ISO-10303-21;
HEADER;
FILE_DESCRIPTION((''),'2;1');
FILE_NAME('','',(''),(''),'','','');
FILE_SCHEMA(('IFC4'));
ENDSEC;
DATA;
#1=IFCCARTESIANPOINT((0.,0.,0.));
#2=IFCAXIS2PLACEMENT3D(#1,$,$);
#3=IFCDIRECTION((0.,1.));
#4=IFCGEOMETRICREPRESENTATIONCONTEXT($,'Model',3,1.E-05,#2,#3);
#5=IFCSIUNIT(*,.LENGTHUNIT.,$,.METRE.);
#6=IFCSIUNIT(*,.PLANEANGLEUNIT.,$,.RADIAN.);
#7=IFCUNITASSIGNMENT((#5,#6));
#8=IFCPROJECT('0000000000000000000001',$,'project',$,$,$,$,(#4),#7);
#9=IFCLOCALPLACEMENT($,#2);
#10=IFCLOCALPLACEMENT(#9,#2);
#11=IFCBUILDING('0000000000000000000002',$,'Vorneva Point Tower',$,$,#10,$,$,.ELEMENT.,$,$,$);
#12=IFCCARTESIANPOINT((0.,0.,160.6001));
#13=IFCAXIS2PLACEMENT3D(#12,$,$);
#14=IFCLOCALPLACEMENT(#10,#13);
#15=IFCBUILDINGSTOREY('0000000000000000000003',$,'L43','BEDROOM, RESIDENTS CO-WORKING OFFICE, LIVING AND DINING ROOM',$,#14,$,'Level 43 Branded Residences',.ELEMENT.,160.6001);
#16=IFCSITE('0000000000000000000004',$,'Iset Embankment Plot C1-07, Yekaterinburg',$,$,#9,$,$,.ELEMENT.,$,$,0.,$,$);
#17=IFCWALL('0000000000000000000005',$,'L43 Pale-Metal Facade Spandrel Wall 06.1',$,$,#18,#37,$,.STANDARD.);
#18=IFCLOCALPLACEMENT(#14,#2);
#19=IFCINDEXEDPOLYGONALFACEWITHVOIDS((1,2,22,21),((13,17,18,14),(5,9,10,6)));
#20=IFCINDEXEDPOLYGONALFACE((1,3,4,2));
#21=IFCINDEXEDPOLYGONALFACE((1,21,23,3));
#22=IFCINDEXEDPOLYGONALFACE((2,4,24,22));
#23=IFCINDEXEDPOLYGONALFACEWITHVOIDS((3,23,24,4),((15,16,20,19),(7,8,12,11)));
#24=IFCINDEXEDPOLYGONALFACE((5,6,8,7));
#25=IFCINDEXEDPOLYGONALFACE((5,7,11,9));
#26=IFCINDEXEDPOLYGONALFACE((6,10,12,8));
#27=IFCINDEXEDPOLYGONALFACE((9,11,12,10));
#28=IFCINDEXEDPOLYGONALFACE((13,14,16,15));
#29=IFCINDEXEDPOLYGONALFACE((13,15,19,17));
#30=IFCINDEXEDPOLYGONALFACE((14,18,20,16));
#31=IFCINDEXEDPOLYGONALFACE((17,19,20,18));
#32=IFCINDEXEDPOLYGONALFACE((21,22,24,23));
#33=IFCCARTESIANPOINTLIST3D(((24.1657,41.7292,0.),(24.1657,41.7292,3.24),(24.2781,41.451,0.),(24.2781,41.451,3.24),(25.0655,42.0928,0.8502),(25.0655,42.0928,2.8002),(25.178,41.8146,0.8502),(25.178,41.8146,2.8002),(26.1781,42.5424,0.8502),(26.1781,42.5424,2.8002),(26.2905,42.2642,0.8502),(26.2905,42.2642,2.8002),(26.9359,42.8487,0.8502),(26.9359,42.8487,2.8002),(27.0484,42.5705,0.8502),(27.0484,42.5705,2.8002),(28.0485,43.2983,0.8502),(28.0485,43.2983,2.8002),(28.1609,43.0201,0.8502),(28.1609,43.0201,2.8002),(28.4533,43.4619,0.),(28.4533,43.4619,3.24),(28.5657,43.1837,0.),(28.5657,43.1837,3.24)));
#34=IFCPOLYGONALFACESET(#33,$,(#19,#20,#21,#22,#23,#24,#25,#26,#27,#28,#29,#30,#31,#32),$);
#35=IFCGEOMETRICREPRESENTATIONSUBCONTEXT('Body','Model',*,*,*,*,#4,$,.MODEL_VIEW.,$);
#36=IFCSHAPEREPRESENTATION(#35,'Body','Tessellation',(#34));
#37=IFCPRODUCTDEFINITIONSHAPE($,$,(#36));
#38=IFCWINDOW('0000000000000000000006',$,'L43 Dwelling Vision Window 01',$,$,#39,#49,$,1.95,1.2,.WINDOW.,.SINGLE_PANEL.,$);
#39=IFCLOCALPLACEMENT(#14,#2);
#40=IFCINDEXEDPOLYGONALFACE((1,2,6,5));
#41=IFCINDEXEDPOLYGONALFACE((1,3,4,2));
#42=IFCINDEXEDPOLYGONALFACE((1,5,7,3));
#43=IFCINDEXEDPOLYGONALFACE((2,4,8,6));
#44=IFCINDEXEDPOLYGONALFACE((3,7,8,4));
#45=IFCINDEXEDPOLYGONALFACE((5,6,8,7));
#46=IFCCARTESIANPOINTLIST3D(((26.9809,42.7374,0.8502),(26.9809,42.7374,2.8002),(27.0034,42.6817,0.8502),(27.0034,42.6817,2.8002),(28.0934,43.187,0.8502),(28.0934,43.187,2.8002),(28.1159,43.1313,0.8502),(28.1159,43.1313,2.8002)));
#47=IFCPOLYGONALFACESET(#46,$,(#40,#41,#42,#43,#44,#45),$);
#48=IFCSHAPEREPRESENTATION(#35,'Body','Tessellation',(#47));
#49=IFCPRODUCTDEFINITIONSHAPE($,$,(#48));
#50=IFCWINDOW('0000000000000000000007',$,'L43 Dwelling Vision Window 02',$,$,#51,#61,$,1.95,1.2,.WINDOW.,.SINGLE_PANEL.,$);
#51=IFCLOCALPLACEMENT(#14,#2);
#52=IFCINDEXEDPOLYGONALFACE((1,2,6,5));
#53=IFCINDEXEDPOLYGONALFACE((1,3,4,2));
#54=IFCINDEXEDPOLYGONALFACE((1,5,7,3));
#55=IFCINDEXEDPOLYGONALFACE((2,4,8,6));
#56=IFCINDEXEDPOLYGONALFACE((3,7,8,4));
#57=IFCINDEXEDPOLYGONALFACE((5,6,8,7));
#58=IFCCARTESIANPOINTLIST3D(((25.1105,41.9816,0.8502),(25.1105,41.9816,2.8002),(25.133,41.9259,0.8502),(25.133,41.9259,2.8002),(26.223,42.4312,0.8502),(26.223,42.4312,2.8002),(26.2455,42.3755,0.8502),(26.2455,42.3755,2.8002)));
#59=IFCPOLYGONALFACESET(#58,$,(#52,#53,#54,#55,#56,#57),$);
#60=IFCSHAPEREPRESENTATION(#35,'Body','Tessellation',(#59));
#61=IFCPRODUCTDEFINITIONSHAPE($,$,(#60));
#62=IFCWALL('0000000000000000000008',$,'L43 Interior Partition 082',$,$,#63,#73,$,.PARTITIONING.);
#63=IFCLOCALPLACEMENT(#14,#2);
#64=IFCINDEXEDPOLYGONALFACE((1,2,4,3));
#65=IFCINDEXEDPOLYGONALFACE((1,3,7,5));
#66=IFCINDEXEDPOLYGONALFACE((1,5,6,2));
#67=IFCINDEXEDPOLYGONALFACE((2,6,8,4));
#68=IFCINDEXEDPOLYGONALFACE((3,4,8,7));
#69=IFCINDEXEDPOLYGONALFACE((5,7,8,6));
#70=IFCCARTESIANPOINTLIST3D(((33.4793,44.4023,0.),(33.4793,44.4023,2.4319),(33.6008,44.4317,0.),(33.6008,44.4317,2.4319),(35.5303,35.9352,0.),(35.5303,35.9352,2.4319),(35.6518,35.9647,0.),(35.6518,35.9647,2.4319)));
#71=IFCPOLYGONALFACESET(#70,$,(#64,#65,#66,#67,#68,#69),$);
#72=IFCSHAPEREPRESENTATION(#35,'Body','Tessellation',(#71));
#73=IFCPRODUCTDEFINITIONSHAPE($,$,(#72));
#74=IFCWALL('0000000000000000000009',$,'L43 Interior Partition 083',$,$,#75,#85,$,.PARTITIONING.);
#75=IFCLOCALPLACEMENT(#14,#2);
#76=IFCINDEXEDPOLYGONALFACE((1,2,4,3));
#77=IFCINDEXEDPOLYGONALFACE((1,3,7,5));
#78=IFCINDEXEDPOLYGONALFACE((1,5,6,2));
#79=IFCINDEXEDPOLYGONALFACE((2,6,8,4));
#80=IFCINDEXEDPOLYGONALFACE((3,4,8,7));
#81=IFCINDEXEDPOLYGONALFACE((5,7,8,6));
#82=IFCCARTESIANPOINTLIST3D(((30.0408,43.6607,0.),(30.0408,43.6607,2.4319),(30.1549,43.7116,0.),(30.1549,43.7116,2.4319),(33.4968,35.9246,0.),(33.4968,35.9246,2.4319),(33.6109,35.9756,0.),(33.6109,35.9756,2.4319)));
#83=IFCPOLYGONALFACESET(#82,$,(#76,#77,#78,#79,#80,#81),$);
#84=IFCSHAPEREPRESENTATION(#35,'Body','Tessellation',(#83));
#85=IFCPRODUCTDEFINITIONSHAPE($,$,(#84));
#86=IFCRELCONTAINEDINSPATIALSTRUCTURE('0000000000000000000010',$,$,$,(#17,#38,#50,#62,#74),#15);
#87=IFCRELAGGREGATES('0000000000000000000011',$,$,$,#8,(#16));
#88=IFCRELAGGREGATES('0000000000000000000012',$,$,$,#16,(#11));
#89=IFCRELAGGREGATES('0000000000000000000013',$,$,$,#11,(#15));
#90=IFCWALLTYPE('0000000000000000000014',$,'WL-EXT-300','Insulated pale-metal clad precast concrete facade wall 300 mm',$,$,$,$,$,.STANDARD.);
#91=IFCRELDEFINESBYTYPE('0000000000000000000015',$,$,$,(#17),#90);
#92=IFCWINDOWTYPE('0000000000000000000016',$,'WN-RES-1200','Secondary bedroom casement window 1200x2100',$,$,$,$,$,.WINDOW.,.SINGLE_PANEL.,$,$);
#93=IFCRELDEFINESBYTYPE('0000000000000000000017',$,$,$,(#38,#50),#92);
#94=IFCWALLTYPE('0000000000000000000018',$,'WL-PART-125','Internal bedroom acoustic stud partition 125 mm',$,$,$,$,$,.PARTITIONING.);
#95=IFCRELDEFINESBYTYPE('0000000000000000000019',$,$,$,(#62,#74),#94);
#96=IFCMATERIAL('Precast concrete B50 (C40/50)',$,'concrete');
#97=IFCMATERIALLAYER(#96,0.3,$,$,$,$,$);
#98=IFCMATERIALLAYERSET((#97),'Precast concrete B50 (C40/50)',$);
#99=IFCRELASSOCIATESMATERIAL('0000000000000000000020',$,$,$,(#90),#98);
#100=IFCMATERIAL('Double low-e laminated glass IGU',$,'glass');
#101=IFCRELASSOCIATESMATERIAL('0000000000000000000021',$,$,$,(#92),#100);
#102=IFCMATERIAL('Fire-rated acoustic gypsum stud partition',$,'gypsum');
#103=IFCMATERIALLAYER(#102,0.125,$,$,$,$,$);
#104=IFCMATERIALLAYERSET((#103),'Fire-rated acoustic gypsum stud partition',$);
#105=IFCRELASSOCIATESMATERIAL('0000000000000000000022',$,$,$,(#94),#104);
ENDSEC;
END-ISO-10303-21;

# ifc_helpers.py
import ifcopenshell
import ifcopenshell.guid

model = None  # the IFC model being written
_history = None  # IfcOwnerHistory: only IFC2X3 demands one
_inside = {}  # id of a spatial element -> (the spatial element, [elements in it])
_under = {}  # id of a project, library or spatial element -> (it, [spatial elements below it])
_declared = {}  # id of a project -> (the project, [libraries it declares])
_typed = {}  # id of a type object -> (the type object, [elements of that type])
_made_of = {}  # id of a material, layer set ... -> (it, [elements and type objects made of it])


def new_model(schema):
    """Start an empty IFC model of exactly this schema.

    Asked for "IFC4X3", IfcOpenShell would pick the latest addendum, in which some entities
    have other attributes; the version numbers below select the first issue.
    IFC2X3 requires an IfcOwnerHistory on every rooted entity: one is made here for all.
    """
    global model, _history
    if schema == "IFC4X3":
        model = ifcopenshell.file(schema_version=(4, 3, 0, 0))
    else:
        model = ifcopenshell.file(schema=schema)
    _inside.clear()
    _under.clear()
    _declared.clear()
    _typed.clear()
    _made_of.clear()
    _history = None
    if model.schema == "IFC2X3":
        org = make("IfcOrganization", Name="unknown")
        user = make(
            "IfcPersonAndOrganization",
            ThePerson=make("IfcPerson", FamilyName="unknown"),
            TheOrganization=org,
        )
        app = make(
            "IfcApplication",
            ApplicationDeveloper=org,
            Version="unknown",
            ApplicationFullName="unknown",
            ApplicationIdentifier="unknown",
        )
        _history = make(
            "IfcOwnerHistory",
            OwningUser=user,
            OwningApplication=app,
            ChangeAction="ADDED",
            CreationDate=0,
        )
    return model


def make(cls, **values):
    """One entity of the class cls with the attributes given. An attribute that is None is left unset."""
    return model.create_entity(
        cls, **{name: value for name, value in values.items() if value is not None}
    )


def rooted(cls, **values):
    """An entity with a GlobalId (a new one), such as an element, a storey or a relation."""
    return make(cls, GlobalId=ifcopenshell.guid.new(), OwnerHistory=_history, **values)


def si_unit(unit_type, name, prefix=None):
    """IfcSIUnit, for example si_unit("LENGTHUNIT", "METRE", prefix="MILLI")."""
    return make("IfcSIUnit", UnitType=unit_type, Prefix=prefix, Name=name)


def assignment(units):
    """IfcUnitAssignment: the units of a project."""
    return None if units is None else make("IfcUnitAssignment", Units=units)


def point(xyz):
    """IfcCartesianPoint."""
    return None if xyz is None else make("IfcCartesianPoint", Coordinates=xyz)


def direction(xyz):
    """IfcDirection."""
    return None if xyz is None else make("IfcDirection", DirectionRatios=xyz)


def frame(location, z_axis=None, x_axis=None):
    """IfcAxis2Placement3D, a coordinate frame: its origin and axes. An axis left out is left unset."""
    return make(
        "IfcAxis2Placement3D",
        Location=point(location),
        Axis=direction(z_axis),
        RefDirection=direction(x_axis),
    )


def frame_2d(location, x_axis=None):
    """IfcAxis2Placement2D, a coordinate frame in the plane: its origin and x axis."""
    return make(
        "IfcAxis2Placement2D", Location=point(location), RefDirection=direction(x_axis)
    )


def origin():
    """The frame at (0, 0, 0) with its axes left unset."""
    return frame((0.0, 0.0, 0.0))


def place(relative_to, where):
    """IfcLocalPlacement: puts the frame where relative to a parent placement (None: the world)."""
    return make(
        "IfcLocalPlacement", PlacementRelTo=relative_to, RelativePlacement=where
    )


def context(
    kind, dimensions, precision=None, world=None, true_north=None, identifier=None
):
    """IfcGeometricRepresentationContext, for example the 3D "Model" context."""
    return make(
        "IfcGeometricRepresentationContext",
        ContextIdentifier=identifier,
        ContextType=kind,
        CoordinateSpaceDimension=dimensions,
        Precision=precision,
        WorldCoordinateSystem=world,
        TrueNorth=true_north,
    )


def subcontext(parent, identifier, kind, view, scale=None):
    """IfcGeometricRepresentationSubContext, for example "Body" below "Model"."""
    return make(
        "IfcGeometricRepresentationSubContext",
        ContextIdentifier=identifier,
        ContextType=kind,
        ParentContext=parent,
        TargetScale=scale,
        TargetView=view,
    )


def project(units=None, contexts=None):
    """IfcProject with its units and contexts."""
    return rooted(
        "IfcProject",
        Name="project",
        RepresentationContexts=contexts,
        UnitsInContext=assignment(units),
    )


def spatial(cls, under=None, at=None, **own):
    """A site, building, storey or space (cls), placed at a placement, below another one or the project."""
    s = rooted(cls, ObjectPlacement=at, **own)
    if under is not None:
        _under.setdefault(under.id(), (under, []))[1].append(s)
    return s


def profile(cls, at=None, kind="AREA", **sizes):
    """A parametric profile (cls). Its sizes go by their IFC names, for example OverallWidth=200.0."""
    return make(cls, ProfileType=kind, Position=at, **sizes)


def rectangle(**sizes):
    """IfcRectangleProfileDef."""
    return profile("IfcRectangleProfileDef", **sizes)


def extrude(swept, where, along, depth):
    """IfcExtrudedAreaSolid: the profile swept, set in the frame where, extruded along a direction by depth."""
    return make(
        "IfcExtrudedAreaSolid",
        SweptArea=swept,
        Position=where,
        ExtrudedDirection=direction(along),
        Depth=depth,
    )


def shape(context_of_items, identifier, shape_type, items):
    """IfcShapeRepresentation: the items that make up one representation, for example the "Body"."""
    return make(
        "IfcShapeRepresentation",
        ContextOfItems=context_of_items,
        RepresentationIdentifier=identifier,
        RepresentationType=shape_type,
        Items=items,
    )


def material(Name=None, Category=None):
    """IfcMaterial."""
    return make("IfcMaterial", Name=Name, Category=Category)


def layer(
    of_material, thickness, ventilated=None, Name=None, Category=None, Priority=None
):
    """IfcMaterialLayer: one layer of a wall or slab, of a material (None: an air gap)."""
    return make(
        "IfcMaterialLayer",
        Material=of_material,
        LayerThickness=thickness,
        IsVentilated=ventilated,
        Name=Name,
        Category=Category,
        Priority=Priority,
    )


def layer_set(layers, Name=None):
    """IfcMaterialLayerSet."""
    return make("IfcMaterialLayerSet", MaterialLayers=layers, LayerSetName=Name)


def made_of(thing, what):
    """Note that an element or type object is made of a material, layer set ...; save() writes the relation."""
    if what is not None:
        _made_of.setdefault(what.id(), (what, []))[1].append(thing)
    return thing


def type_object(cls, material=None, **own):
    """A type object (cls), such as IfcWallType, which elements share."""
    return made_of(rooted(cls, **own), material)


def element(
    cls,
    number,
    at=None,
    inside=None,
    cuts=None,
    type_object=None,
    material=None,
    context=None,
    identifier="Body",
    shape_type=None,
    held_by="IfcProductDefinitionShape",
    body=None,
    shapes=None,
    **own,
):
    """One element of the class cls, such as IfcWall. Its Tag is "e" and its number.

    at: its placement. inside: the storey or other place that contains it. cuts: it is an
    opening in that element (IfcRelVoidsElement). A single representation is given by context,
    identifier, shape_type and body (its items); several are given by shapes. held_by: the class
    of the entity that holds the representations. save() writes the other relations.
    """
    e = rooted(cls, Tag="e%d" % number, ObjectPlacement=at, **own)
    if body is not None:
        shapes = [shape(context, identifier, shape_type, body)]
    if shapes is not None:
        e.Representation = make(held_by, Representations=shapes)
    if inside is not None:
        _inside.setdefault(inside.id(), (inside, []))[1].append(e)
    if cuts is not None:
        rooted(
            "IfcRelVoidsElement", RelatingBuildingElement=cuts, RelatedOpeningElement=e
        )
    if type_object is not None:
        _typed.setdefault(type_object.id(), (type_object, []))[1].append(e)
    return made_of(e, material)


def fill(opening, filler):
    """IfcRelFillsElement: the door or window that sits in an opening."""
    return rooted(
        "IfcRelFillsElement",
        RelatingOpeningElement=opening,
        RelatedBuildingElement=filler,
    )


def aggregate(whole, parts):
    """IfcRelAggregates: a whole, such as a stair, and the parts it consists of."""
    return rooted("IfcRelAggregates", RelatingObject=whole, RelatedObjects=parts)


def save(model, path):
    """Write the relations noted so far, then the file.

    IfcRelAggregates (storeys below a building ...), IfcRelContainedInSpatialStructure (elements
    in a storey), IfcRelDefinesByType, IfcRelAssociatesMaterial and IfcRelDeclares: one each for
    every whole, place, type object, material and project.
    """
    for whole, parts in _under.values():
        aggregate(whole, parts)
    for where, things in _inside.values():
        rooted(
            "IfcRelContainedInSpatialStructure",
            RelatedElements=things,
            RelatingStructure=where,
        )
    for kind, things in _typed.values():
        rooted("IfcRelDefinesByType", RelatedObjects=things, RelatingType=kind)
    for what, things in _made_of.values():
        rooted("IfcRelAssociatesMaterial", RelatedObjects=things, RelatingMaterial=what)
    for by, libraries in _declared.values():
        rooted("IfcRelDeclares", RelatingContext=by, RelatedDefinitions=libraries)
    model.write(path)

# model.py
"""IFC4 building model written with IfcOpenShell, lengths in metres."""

from ifc_helpers import new_model, si_unit, direction, frame, frame_2d, origin, place, context, subcontext, project, spatial, rectangle, extrude, material, layer, layer_set, type_object, element, fill, save


model = new_model("IFC4")

# Units and contexts
model_context = context("Model", 3, precision=1e-05, world=origin(), true_north=direction((0.0, 1.0)))
body_context = subcontext(model_context, "Body", "Model", "MODEL_VIEW")
ifc_project = project(units=[si_unit("LENGTHUNIT", "METRE"), si_unit("PLANEANGLEUNIT", "RADIAN")], contexts=[model_context])

# Site, building, storey
site_placement = place(None, origin())
site = spatial("IfcSite", under=ifc_project, at=site_placement, Name="Iset Embankment Plot C1-07, Yekaterinburg", CompositionType="ELEMENT", RefElevation=0.0)
building_placement = place(site_placement, origin())
building = spatial("IfcBuilding", under=site, at=building_placement, Name="Vorneva Point Tower", CompositionType="ELEMENT")
storey_placement = place(building_placement, frame((0.0, 0.0, 160.6001)))
storey = spatial("IfcBuildingStorey", under=building, at=storey_placement, Name="L43", Description="BEDROOM, RESIDENTS CO-WORKING OFFICE, LIVING AND DINING ROOM", LongName="Level 43 Branded Residences", CompositionType="ELEMENT", Elevation=160.6001)

# Shared definitions
ifc_material_1 = material(Name="Double low-e laminated glass IGU", Category="glass")

# Wall, openings, windows
ifc_material_2 = material(Name="Precast concrete B50 (C40/50)", Category="concrete")
ifc_layer_1 = layer(ifc_material_2, 0.3)
ifc_layer_set_1 = layer_set([ifc_layer_1], Name="Precast concrete B50 (C40/50)")
wall_type_1 = type_object("IfcWallType", Name="WL-EXT-300", Description="Insulated pale-metal clad precast concrete facade wall 300 mm", PredefinedType="STANDARD", material=ifc_layer_set_1)
wall_1_placement = place(storey_placement, frame((28.5095, 43.3228, 0.0), z_axis=(0.0, 0.0, 1.0), x_axis=(-0.927157, -0.374674, 0.0)))
wall_1 = element("IfcWall", 1, at=wall_1_placement, inside=storey, type_object=wall_type_1, Name="L43 Pale-Metal Facade Spandrel Wall 06.1", PredefinedType="STANDARD", context=body_context, shape_type="SweptSolid", body=[
    extrude(rectangle(XDim=4.6245, YDim=0.3, at=frame_2d((2.3123, 0.0))), origin(), (0.0, 0.0, 1.0), 3.24),
])
opening_1_placement = place(wall_1_placement, frame((0.4365, 0.0, 0.8501)))
opening_1 = element("IfcOpeningElement", 2, at=opening_1_placement, cuts=wall_1, PredefinedType="OPENING", context=body_context, shape_type="SweptSolid", body=[
    extrude(rectangle(XDim=1.2, YDim=1.95, at=frame_2d((0.6001, 0.9751))), frame((0.0, 0.165, 0.0), z_axis=(0.0, -1.0, 0.0), x_axis=(1.0, 0.0, 0.0)), (0.0, 0.0, 1.0), 0.3298),
])
opening_2_placement = place(wall_1_placement, frame((2.4539, 0.0, 0.8501)))
opening_2 = element("IfcOpeningElement", 3, at=opening_2_placement, cuts=wall_1, PredefinedType="OPENING", context=body_context, shape_type="SweptSolid", body=[
    extrude(rectangle(XDim=1.2, YDim=1.95, at=frame_2d((0.6001, 0.9751))), frame((0.0, 0.165, 0.0), z_axis=(0.0, -1.0, 0.0), x_axis=(1.0, 0.0, 0.0)), (0.0, 0.0, 1.0), 0.3298),
])
window_type = type_object("IfcWindowType", Name="WN-RES-1200", Description="Secondary bedroom casement window 1200x2100", PartitioningType="SINGLE_PANEL", PredefinedType="WINDOW", material=ifc_material_1)
window_1_placement = place(opening_1_placement, origin())
window_1 = element("IfcWindow", 4, at=window_1_placement, inside=storey, type_object=window_type, Name="L43 Dwelling Vision Window 01", OverallHeight=1.95, OverallWidth=1.2, PartitioningType="SINGLE_PANEL", PredefinedType="WINDOW", context=body_context, shape_type="SweptSolid", body=[
    extrude(rectangle(XDim=1.2, YDim=1.95, at=frame_2d((0.6001, 0.9751))), frame((0.0, 0.03, 0.0), z_axis=(0.0, -1.0, 0.0), x_axis=(1.0, 0.0, 0.0)), (0.0, 0.0, 1.0), 0.0601),
])
fill(opening_1, window_1)
window_2_placement = place(opening_2_placement, origin())
window_2 = element("IfcWindow", 5, at=window_2_placement, inside=storey, type_object=window_type, Name="L43 Dwelling Vision Window 02", OverallHeight=1.95, OverallWidth=1.2, PartitioningType="SINGLE_PANEL", PredefinedType="WINDOW", context=body_context, shape_type="SweptSolid", body=[
    extrude(rectangle(XDim=1.2, YDim=1.95, at=frame_2d((0.6001, 0.9751))), frame((0.0, 0.03, 0.0), z_axis=(0.0, -1.0, 0.0), x_axis=(1.0, 0.0, 0.0)), (0.0, 0.0, 1.0), 0.0601),
])
fill(opening_2, window_2)

# Walls
ifc_material_3 = material(Name="Fire-rated acoustic gypsum stud partition", Category="gypsum")
ifc_layer_2 = layer(ifc_material_3, 0.125)
ifc_layer_set_2 = layer_set([ifc_layer_2], Name="Fire-rated acoustic gypsum stud partition")
wall_type_2 = type_object("IfcWallType", Name="WL-PART-125", Description="Internal bedroom acoustic stud partition 125 mm", PredefinedType="PARTITIONING", material=ifc_layer_set_2)
wall_2_placement = place(storey_placement, frame((33.54, 44.417, 0.0), z_axis=(0.0, 0.0, 1.0), x_axis=(0.235428, -0.971892, 0.0)))
element("IfcWall", 6, at=wall_2_placement, inside=storey, type_object=wall_type_2, Name="L43 Interior Partition 082", PredefinedType="PARTITIONING", context=body_context, shape_type="SweptSolid", body=[
    extrude(rectangle(XDim=8.7119, YDim=0.125, at=frame_2d((4.356, 0.0))), origin(), (0.0, 0.0, 1.0), 2.4319),
])
wall_3_placement = place(storey_placement, frame((30.0979, 43.686, 0.0), z_axis=(0.0, 0.0, 1.0), x_axis=(0.407892, -0.91303, 0.0)))
element("IfcWall", 7, at=wall_3_placement, inside=storey, type_object=wall_type_2, Name="L43 Interior Partition 083", PredefinedType="PARTITIONING", context=body_context, shape_type="SweptSolid", body=[
    extrude(rectangle(XDim=8.4729, YDim=0.125, at=frame_2d((4.2363, 0.0))), origin(), (0.0, 0.0, 1.0), 2.4319),
])

save(model, "model.ifc")
